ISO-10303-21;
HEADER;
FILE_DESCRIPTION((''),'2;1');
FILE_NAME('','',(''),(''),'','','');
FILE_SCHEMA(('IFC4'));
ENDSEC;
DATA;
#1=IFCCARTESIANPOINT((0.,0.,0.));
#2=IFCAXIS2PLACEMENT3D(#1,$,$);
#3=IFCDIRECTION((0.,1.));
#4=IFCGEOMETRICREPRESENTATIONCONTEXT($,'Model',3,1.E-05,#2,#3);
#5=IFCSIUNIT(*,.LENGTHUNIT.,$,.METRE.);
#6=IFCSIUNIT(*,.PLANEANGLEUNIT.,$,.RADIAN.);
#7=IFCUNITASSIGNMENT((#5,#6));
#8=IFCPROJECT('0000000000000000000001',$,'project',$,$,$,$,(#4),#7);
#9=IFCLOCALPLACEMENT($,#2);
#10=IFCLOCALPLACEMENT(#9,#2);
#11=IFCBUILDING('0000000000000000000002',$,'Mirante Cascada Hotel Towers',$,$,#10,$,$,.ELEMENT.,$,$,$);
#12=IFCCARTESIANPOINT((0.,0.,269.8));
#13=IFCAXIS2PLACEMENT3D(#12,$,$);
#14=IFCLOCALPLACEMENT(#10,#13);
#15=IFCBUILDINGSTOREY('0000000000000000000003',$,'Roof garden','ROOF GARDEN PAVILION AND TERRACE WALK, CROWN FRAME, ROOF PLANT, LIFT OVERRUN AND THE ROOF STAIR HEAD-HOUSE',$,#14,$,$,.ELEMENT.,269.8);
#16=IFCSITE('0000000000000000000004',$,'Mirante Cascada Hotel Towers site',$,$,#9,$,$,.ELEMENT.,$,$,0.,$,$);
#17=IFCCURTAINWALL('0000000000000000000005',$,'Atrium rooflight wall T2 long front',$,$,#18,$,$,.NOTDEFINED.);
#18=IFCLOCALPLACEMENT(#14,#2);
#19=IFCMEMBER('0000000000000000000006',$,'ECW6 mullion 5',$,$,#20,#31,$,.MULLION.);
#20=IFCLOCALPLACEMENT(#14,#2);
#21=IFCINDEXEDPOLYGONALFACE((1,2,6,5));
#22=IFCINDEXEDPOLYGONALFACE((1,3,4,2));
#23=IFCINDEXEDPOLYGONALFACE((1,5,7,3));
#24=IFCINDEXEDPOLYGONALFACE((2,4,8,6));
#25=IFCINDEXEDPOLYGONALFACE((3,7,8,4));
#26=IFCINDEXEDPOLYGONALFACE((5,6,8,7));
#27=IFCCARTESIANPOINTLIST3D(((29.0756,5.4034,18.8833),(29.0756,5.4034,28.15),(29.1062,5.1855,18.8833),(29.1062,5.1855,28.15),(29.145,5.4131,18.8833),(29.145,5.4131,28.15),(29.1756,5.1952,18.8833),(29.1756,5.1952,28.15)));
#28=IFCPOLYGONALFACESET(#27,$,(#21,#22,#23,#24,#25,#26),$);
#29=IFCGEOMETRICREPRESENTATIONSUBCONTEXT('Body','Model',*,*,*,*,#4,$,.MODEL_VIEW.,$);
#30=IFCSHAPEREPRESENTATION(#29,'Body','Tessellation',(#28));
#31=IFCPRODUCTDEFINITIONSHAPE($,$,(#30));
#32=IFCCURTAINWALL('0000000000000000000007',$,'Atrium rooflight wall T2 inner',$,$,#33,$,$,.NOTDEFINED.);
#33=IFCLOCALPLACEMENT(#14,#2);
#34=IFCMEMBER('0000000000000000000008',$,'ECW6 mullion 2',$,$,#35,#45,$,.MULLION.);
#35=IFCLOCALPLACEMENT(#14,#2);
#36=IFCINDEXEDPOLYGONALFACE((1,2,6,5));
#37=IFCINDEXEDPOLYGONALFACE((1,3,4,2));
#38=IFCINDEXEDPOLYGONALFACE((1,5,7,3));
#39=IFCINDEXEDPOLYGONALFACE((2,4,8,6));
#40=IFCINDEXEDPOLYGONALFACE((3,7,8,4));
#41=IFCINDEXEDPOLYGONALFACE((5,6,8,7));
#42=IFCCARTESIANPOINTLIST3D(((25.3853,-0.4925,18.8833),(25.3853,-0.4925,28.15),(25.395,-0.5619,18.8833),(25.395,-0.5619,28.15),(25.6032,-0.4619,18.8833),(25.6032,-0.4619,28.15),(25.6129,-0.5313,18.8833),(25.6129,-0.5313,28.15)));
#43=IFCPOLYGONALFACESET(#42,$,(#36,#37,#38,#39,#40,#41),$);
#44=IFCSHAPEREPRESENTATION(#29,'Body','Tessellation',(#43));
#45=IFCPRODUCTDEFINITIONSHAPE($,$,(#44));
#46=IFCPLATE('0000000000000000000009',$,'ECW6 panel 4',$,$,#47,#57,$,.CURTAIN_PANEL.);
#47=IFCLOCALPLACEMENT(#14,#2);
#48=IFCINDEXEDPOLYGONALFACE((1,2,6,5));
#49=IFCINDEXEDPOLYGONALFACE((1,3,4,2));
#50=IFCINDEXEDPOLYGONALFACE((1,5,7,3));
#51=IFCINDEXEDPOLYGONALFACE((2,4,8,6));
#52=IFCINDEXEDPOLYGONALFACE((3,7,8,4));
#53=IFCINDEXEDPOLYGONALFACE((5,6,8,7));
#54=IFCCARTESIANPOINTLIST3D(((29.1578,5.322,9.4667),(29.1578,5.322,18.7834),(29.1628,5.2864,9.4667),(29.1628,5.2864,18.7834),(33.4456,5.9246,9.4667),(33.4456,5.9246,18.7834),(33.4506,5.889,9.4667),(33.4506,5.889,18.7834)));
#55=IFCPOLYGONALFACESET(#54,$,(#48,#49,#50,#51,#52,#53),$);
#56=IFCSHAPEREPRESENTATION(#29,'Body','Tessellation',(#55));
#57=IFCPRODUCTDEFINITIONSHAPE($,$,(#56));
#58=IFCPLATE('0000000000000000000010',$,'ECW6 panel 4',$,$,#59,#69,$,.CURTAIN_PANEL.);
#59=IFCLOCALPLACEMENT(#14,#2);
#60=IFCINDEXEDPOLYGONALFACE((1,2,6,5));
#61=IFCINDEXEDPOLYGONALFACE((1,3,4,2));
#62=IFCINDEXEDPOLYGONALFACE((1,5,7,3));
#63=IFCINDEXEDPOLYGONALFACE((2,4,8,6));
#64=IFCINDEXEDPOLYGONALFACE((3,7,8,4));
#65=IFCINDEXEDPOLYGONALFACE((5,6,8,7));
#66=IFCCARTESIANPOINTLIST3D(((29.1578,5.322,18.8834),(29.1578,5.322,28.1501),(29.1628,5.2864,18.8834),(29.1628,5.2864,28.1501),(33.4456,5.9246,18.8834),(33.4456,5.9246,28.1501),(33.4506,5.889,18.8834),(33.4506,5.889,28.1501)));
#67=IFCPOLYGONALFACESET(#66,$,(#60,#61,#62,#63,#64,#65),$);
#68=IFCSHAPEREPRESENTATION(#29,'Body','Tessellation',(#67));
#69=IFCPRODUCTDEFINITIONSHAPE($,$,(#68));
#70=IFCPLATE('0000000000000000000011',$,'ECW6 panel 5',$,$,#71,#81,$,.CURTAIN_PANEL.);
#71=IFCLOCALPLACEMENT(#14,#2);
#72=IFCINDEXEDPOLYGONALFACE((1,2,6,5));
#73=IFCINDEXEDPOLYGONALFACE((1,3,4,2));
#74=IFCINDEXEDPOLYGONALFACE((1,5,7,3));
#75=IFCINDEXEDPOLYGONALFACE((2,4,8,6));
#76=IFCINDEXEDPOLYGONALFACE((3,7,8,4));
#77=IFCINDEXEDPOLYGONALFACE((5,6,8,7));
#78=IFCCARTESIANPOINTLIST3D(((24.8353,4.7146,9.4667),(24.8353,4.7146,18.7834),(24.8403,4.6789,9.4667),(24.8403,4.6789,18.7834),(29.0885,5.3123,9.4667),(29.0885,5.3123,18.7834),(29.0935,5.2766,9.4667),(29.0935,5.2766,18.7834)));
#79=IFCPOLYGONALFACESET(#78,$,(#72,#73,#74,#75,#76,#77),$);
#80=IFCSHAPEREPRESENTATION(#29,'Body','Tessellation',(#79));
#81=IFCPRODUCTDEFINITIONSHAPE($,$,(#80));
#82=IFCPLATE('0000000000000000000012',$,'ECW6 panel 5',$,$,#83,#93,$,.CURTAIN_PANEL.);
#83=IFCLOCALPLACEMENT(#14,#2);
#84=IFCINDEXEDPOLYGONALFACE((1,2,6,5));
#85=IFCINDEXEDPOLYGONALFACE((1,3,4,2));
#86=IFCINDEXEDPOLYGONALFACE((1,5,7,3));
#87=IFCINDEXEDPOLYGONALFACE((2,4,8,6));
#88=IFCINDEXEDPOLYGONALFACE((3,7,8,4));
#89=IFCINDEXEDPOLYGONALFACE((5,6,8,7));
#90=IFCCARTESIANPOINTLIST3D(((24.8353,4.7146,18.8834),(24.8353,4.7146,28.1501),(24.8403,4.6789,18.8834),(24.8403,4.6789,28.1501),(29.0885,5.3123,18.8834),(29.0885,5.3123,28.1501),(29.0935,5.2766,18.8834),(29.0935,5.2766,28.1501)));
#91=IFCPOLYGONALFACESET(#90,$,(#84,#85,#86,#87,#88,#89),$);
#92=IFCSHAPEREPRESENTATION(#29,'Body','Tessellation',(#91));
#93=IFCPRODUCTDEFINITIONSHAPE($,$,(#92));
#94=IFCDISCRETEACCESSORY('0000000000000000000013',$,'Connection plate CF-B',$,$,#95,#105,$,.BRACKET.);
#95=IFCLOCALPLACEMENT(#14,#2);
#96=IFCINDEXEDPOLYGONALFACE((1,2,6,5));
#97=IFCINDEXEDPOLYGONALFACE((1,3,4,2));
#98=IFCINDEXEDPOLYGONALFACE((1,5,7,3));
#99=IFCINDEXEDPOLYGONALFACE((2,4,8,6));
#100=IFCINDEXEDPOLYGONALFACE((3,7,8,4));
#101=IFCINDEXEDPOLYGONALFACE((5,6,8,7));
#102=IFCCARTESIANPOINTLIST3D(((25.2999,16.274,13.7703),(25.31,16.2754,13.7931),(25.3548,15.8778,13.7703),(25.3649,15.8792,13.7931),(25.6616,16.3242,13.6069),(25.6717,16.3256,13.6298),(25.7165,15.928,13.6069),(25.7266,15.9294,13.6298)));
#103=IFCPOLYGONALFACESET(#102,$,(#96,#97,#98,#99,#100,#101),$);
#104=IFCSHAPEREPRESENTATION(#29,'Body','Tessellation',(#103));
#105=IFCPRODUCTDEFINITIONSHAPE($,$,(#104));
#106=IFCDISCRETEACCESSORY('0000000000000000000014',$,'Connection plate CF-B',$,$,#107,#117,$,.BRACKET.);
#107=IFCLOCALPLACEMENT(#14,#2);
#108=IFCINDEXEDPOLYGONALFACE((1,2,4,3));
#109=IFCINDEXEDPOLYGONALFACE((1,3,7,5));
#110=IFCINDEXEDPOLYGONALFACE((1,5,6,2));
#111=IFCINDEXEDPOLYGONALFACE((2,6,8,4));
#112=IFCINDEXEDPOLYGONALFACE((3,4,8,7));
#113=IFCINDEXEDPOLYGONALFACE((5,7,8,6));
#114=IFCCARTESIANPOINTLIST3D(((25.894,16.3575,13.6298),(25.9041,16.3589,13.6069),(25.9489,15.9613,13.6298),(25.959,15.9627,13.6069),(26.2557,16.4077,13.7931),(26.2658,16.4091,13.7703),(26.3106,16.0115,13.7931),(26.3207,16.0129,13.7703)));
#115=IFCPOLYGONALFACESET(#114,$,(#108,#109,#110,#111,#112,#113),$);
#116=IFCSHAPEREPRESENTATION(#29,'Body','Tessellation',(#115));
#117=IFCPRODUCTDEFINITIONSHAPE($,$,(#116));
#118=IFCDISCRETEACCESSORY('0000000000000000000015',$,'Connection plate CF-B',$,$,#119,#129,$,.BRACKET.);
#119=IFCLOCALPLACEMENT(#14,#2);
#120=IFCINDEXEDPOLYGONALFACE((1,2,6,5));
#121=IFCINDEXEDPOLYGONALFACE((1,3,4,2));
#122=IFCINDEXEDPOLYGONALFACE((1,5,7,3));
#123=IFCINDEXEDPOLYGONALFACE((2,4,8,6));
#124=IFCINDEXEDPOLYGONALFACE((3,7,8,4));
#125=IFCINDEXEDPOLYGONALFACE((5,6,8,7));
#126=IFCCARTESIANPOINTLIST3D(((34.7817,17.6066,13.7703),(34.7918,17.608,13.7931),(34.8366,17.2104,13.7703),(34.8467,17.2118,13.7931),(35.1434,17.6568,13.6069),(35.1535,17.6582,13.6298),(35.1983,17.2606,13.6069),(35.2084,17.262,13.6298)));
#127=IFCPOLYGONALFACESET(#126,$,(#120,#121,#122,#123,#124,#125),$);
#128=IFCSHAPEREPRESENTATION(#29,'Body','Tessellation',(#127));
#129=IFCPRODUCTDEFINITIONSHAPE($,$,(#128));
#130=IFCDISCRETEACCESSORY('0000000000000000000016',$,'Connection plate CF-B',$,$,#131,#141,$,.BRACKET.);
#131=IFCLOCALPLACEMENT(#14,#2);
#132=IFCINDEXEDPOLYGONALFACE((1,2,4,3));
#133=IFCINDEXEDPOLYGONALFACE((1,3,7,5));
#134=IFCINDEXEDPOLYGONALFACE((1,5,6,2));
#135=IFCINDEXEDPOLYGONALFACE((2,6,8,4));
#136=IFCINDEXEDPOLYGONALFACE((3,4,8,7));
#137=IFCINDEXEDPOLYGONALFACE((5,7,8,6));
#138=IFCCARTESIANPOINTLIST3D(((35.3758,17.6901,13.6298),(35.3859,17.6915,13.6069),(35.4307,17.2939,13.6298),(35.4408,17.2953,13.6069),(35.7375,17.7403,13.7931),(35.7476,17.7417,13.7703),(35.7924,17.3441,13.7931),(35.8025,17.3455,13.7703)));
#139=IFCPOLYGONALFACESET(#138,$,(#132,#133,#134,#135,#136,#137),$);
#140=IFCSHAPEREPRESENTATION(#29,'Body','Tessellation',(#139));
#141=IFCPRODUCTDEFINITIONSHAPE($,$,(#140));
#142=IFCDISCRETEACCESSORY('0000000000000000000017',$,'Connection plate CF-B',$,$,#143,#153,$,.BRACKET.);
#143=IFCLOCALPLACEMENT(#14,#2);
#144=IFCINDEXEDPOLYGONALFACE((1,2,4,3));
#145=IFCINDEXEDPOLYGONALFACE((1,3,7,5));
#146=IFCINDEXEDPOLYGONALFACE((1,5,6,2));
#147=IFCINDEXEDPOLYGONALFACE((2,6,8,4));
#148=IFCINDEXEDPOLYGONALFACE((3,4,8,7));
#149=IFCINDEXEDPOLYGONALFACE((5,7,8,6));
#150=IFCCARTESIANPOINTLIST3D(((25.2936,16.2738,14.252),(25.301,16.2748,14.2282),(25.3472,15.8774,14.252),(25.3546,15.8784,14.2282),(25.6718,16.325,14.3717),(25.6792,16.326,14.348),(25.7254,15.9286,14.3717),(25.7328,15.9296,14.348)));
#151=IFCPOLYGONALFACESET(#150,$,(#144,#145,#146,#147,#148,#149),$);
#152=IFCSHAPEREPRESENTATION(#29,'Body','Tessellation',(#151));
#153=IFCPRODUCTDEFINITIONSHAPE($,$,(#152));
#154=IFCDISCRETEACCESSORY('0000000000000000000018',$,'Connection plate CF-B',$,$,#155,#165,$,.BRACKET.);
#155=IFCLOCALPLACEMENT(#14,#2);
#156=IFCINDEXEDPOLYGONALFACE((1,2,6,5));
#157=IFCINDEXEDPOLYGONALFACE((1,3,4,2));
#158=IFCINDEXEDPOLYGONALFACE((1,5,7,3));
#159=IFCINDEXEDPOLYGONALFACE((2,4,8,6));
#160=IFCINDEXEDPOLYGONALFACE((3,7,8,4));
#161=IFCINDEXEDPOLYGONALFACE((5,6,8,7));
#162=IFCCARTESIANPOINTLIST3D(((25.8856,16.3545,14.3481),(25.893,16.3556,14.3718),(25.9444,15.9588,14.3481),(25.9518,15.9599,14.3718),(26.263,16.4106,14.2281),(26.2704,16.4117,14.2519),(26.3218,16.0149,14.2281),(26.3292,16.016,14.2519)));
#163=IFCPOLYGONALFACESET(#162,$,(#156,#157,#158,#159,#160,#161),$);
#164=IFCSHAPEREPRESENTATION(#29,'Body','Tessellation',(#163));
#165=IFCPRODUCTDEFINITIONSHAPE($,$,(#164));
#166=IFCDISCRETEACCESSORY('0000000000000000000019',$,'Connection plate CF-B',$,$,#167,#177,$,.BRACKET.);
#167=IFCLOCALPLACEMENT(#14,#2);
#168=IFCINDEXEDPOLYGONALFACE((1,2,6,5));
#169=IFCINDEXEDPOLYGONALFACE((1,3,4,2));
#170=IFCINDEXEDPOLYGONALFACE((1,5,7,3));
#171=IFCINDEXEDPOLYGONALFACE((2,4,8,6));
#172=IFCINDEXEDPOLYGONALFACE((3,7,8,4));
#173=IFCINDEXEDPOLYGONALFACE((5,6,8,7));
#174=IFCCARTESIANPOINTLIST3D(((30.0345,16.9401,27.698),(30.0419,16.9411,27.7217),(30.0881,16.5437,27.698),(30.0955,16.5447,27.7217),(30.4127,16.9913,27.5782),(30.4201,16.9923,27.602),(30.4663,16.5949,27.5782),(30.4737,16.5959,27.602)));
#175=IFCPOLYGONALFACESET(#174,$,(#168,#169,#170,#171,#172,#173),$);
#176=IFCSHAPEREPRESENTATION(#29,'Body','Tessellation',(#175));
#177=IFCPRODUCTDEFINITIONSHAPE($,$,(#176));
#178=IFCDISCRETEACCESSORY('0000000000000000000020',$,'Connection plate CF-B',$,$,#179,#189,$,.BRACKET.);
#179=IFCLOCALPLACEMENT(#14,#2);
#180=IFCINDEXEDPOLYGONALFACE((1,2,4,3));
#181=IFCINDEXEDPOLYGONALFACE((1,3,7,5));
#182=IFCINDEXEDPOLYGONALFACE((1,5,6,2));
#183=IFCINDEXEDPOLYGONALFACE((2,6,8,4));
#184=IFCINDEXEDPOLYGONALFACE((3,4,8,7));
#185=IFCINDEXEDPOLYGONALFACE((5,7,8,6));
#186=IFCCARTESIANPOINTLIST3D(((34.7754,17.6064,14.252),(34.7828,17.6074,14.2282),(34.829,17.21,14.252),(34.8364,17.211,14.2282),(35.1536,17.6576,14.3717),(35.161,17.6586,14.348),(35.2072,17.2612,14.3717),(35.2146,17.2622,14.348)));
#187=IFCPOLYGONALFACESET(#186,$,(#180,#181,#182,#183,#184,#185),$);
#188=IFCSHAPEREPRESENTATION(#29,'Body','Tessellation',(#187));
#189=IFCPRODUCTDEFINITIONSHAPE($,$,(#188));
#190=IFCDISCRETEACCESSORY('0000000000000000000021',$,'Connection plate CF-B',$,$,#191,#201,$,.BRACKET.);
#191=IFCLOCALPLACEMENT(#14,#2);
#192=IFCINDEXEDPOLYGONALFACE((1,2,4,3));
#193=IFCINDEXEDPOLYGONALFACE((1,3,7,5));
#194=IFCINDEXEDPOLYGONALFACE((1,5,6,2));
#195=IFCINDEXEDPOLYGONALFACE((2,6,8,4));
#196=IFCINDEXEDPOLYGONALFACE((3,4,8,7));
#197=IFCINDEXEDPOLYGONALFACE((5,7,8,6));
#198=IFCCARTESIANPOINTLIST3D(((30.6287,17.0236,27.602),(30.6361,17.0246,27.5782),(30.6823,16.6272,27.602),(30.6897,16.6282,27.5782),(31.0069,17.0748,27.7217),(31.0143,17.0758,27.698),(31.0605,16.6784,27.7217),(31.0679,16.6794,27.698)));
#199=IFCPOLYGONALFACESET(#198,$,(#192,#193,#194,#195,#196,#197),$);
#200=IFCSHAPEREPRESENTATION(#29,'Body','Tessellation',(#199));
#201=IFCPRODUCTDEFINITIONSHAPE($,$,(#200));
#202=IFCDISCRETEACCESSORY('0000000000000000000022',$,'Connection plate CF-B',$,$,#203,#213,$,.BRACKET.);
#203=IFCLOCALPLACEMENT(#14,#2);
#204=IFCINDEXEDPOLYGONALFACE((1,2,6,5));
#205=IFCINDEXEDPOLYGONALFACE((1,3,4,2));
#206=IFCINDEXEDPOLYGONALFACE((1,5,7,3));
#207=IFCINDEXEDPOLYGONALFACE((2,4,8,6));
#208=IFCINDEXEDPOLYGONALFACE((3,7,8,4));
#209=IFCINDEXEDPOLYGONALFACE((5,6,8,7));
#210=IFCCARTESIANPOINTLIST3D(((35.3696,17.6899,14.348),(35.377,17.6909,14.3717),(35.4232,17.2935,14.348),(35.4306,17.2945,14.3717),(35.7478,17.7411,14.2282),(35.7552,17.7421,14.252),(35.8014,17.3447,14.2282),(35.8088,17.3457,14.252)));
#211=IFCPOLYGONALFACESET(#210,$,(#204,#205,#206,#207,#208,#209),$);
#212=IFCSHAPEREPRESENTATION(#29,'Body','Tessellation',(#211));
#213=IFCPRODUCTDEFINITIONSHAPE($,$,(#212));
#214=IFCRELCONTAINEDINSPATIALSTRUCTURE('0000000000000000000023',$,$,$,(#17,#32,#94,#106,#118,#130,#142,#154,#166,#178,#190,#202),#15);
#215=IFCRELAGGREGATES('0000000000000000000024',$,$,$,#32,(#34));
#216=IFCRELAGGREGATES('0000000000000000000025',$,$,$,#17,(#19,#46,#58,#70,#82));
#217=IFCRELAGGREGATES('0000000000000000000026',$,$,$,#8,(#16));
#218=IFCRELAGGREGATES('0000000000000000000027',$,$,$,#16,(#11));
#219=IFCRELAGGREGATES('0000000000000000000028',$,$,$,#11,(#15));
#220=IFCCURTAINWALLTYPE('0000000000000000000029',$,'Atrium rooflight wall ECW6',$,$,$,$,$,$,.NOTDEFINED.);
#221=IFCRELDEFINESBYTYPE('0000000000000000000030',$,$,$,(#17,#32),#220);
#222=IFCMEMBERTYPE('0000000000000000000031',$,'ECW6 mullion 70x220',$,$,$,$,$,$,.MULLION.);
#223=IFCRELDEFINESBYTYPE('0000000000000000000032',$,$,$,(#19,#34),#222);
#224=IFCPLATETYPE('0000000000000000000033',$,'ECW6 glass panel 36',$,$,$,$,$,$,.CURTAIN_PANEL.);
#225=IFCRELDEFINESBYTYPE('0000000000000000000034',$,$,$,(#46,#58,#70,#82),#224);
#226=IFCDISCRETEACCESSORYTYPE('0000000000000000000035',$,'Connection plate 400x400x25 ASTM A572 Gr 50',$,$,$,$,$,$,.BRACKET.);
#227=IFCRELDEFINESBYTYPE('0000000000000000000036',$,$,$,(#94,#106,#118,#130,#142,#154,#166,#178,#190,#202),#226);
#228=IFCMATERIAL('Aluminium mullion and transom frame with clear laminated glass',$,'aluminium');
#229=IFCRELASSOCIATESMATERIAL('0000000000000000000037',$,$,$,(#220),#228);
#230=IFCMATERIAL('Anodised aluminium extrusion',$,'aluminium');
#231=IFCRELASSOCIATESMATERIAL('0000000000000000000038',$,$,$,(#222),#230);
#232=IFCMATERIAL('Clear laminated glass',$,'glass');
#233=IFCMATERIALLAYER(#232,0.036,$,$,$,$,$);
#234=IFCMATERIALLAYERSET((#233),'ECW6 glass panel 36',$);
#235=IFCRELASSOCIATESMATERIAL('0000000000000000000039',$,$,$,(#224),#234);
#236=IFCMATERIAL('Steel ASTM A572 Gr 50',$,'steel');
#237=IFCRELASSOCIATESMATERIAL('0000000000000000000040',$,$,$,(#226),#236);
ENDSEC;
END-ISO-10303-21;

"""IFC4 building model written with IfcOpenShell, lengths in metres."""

from ifc_helpers import new_model, si_unit, direction, frame, origin, origin_2d, place, context, subcontext, project, spatial, rectangle, extrude, material, layer, layer_set, material_profile, profile_set, type_object, element, aggregate, save


model = new_model("IFC4")

# Units and contexts
model_context = context("Model", 3, precision=1e-05, world=origin(), true_north=direction((0.0, 1.0)))
body_context = subcontext(model_context, "Body", "Model", "MODEL_VIEW")
ifc_project = project(units=[si_unit("LENGTHUNIT", "METRE"), si_unit("PLANEANGLEUNIT", "RADIAN")], contexts=[model_context])

# Site, building, storey
site_placement = place(None, origin())
site = spatial("IfcSite", under=ifc_project, at=site_placement, Name="Mirante Cascada Hotel Towers site", CompositionType="ELEMENT", RefElevation=0.0)
building_placement = place(site_placement, origin())
building = spatial("IfcBuilding", under=site, at=building_placement, Name="Mirante Cascada Hotel Towers", CompositionType="ELEMENT")
storey_placement = place(building_placement, frame((0.0, 0.0, 269.8)))
storey = spatial("IfcBuildingStorey", under=building, at=storey_placement, Name="Roof garden", Description="ROOF GARDEN PAVILION AND TERRACE WALK, CROWN FRAME, ROOF PLANT, LIFT OVERRUN AND THE ROOF STAIR HEAD-HOUSE", CompositionType="ELEMENT", Elevation=269.8)

# Curtain wall, member
ifc_material_1 = material(Name="Aluminium mullion and transom frame with clear laminated glass", Category="aluminium")
curtain_wall_type = type_object("IfcCurtainWallType", Name="Atrium rooflight wall ECW6", PredefinedType="NOTDEFINED", material=ifc_material_1)
curtain_wall_1_placement = place(storey_placement, origin())
curtain_wall_1 = element("IfcCurtainWall", 1, at=curtain_wall_1_placement, inside=storey, type_object=curtain_wall_type, Name="Atrium rooflight wall T2 long front", PredefinedType="NOTDEFINED")
ifc_material_2 = material(Name="Anodised aluminium extrusion", Category="aluminium")
ifc_material_profile_1 = material_profile(ifc_material_2, rectangle(XDim=0.22, YDim=0.07, at=origin_2d()), Name="ECW6 MULLION 70x220")
ifc_profile_set_1 = profile_set([ifc_material_profile_1], Name="Anodised aluminium extrusion")
member_type_1 = type_object("IfcMemberType", Name="ECW6 mullion 70x220", PredefinedType="MULLION", material=ifc_profile_set_1)
member_1_placement = place(storey_placement, frame((29.1256, 5.2993, 18.8833), z_axis=(0.0, 0.0, 1.0), x_axis=(0.139173, -0.990268, 0.0)))
member_1 = element("IfcMember", 2, at=member_1_placement, type_object=member_type_1, Name="ECW6 mullion 5", PredefinedType="MULLION", context=body_context, shape_type="SweptSolid", body=[
    extrude(rectangle(XDim=0.22, YDim=0.07, at=origin_2d()), origin(), (0.0, 0.0, 1.0), 9.2667),
])

# Curtain wall, member
curtain_wall_2_placement = place(storey_placement, origin())
curtain_wall_2 = element("IfcCurtainWall", 3, at=curtain_wall_2_placement, inside=storey, type_object=curtain_wall_type, Name="Atrium rooflight wall T2 inner", PredefinedType="NOTDEFINED")
member_2_placement = place(storey_placement, frame((25.4991, -0.5119, 18.8833), z_axis=(0.0, 0.0, 1.0), x_axis=(0.990268, 0.139173, 0.0)))
member_2 = element("IfcMember", 4, at=member_2_placement, type_object=member_type_1, Name="ECW6 mullion 2", PredefinedType="MULLION", context=body_context, shape_type="SweptSolid", body=[
    extrude(rectangle(XDim=0.22, YDim=0.07, at=origin_2d()), origin(), (0.0, 0.0, 1.0), 9.2667),
])
aggregate(curtain_wall_2, [member_2])

# Plates
ifc_material_3 = material(Name="Clear laminated glass", Category="glass")
ifc_layer = layer(ifc_material_3, 0.036)
ifc_layer_set = layer_set([ifc_layer], Name="ECW6 glass panel 36")
plate_type = type_object("IfcPlateType", Name="ECW6 glass panel 36", PredefinedType="CURTAIN_PANEL", material=ifc_layer_set)
plate_1_placement = place(storey_placement, frame((31.3042, 5.6055, 9.4667), z_axis=(0.0, 0.0, 1.0), x_axis=(-0.990268, -0.139173, 0.0)))
plate_1 = element("IfcPlate", 5, at=plate_1_placement, type_object=plate_type, Name="ECW6 panel 4", PredefinedType="CURTAIN_PANEL", context=body_context, shape_type="SweptSolid", body=[
    extrude(rectangle(XDim=4.33, YDim=0.036, at=origin_2d()), origin(), (0.0, 0.0, 1.0), 9.3167),
])
plate_2_placement = place(storey_placement, frame((31.3042, 5.6055, 18.8834), z_axis=(0.0, 0.0, 1.0), x_axis=(-0.990268, -0.139173, 0.0)))
plate_2 = element("IfcPlate", 6, at=plate_2_placement, type_object=plate_type, Name="ECW6 panel 4", PredefinedType="CURTAIN_PANEL", context=body_context, shape_type="SweptSolid", body=[
    extrude(rectangle(XDim=4.33, YDim=0.036, at=origin_2d()), origin(), (0.0, 0.0, 1.0), 9.2667),
])
plate_3_placement = place(storey_placement, frame((26.9644, 4.9956, 9.4667), z_axis=(0.0, 0.0, 1.0), x_axis=(-0.990268, -0.139173, 0.0)))
plate_3 = element("IfcPlate", 7, at=plate_3_placement, type_object=plate_type, Name="ECW6 panel 5", PredefinedType="CURTAIN_PANEL", context=body_context, shape_type="SweptSolid", body=[
    extrude(rectangle(XDim=4.295, YDim=0.036, at=origin_2d()), origin(), (0.0, 0.0, 1.0), 9.3167),
])
plate_4_placement = place(storey_placement, frame((26.9644, 4.9956, 18.8834), z_axis=(0.0, 0.0, 1.0), x_axis=(-0.990268, -0.139173, 0.0)))
plate_4 = element("IfcPlate", 8, at=plate_4_placement, type_object=plate_type, Name="ECW6 panel 5", PredefinedType="CURTAIN_PANEL", context=body_context, shape_type="SweptSolid", body=[
    extrude(rectangle(XDim=4.295, YDim=0.036, at=origin_2d()), origin(), (0.0, 0.0, 1.0), 9.2667),
])
aggregate(curtain_wall_1, [member_1, plate_1, plate_2, plate_3, plate_4])

# Discrete accessories
ifc_material_4 = material(Name="Steel ASTM A572 Gr 50", Category="steel")
ifc_material_profile_2 = material_profile(ifc_material_4, rectangle(XDim=0.4, YDim=0.4, at=origin_2d()), Name="Connection plate 400x400x25 ASTM A572 Gr 50")
ifc_profile_set_2 = profile_set([ifc_material_profile_2], Name="Steel ASTM A572 Gr 50")
discrete_accessory_type = type_object("IfcDiscreteAccessoryType", Name="Connection plate 400x400x25 ASTM A572 Gr 50", PredefinedType="BRACKET", material=ifc_profile_set_2)
for number, where, z_axis, x_axis, name in (
    (9, (25.5082, 16.101, 13.6886), (0.404385, 0.056053, 0.91287), (-0.137301, 0.990529, 0.0), "Connection plate CF-B"),
    (10, (26.1124, 16.1859, 13.6886), (-0.404385, -0.056053, 0.91287), (0.137301, -0.990529, 0.0), "Connection plate CF-B"),
    (11, (34.99, 17.4336, 13.6886), (0.404385, 0.056053, 0.91287), (-0.137301, 0.990529, 0.0), "Connection plate CF-B"),
    (12, (35.5942, 17.5185, 13.6886), (-0.404385, -0.056053, 0.91287), (0.137301, -0.990529, 0.0), "Connection plate CF-B"),
):
    element("IfcDiscreteAccessory", number, at=place(storey_placement, frame(where, z_axis=z_axis, x_axis=x_axis)), inside=storey, type_object=discrete_accessory_type, Name=name, PredefinedType="BRACKET", context=body_context, shape_type="SweptSolid", body=[
        extrude(rectangle(XDim=0.4, YDim=0.4, at=origin_2d()), origin(), (0.0, 0.0, 1.0), 0.025),
    ])
for number, where, z_axis, x_axis, name in (
    (13, (25.5169, 16.1022, 14.2881), (-0.296665, -0.04009, 0.95414), (0.133918, -0.990992, 0.0), "Connection plate CF-B"),
    (14, (26.1037, 16.1847, 14.2881), (0.296615, 0.044091, 0.953979), (-0.147033, 0.989132, 0.0), "Connection plate CF-B"),
    (15, (30.2504, 16.7675, 27.6381), (0.296665, 0.04009, 0.95414), (-0.133918, 0.990992, 0.0), "Connection plate CF-B"),
    (16, (34.9987, 17.4348, 14.2881), (-0.296665, -0.04009, 0.95414), (0.133918, -0.990992, 0.0), "Connection plate CF-B"),
    (17, (30.852, 16.852, 27.6381), (-0.296665, -0.04009, 0.95414), (0.133918, -0.990992, 0.0), "Connection plate CF-B"),
    (18, (35.5855, 17.5173, 14.2881), (0.296665, 0.04009, 0.95414), (-0.133918, 0.990992, 0.0), "Connection plate CF-B"),
):
    element("IfcDiscreteAccessory", number, at=place(storey_placement, frame(where, z_axis=z_axis, x_axis=x_axis)), inside=storey, type_object=discrete_accessory_type, Name=name, PredefinedType="BRACKET", context=body_context, shape_type="SweptSolid", body=[
        extrude(rectangle(XDim=0.4, YDim=0.4, at=origin_2d()), origin(), (0.0, 0.0, 1.0), 0.0249),
    ])

save(model, "model.ifc")
